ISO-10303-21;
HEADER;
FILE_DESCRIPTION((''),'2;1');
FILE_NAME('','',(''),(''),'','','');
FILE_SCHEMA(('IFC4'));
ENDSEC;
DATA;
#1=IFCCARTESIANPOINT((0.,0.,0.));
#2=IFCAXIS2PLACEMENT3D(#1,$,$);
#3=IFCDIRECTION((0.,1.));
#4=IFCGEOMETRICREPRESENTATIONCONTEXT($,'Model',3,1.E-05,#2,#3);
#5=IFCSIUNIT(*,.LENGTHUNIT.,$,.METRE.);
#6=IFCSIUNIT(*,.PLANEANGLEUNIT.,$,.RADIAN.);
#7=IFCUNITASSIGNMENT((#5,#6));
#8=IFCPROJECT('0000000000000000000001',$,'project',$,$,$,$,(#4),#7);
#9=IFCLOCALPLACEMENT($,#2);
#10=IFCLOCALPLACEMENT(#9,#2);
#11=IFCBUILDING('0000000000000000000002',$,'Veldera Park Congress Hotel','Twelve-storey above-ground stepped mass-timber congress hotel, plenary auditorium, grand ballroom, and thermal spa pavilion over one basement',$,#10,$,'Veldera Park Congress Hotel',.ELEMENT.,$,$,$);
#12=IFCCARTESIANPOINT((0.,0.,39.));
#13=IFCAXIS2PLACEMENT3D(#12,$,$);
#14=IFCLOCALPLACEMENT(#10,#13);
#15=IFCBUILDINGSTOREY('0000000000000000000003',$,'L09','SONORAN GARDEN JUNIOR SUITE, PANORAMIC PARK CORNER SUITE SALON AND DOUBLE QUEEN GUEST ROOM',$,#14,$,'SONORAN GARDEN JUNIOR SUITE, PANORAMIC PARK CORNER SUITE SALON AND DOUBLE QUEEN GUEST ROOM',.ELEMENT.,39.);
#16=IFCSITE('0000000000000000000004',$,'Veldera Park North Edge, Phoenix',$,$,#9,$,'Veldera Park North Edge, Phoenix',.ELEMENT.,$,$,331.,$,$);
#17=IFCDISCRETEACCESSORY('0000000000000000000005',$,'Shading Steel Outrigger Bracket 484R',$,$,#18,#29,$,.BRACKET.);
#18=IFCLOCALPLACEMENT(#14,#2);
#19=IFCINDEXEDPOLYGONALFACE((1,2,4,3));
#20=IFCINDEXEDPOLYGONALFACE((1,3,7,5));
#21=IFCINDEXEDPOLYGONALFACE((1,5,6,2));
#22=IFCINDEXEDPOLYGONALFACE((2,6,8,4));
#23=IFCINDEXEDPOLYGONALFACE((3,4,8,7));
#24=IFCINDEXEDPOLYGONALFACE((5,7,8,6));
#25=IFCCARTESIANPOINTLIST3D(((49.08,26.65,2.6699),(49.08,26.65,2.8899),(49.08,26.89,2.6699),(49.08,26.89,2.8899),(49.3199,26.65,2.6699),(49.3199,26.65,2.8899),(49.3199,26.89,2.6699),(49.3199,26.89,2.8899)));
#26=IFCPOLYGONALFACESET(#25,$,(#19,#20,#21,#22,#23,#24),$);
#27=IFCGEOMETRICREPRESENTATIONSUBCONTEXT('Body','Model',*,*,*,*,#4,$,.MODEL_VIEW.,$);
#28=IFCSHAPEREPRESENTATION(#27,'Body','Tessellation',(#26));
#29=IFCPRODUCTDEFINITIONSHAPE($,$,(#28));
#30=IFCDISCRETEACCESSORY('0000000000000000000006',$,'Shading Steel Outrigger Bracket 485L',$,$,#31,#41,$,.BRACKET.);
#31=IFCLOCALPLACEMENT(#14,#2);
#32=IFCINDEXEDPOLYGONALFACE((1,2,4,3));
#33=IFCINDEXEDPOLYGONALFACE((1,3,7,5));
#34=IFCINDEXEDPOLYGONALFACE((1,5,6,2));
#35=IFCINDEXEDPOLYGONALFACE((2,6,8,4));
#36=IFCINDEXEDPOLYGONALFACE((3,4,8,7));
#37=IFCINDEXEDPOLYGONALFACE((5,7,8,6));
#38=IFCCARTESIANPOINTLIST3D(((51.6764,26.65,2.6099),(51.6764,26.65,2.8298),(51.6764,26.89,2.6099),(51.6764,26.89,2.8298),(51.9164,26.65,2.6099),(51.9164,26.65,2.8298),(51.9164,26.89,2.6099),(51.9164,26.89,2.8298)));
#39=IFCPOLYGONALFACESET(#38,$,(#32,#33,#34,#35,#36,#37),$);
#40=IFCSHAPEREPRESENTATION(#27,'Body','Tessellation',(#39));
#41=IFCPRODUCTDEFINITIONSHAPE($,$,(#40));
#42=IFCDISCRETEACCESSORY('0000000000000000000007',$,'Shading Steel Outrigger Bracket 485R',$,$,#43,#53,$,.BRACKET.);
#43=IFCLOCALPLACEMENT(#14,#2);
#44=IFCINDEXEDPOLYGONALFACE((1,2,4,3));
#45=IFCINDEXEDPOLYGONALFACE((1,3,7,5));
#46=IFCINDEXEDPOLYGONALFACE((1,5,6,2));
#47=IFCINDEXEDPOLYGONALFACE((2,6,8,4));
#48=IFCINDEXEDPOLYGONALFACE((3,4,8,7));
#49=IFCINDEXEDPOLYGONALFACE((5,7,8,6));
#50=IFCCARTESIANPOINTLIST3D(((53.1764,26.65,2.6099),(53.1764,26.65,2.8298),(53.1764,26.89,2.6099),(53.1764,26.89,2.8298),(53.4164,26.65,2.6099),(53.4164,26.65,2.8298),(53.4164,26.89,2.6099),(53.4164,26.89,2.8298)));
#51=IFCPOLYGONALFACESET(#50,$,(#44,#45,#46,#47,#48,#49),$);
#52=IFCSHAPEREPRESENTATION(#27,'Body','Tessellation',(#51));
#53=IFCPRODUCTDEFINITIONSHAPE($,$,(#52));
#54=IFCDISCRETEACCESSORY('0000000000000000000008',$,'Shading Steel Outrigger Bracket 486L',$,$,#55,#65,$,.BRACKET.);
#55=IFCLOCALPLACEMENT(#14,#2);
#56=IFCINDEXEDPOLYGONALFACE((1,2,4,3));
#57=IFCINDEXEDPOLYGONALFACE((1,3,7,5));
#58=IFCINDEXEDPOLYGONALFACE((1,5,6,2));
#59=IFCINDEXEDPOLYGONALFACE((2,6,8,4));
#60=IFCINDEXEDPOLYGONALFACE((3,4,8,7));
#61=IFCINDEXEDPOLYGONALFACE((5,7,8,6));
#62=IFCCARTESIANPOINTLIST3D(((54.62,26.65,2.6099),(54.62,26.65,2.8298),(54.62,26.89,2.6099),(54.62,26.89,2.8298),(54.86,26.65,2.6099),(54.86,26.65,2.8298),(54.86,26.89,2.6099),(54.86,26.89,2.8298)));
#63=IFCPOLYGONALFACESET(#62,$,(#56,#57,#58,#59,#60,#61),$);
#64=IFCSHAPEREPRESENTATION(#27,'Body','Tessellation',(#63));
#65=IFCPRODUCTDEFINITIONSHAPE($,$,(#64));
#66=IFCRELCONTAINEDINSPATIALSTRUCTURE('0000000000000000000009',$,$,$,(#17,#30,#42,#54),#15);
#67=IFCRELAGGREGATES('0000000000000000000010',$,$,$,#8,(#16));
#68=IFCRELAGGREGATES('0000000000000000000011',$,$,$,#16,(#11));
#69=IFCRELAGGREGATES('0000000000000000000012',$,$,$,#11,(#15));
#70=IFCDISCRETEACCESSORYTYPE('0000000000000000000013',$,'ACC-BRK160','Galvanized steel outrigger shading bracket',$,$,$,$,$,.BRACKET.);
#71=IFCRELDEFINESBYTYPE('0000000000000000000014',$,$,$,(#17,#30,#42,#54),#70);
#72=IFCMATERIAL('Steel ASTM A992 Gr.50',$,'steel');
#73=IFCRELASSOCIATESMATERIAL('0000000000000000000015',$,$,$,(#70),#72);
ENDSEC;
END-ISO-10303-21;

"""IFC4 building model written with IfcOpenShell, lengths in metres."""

from ifc_helpers import new_model, si_unit, direction, frame, origin, origin_2d, place, context, subcontext, project, spatial, rectangle, extrude, material, type_object, element, save


model = new_model("IFC4")

# Units and contexts
model_context = context("Model", 3, precision=1e-05, world=origin(), true_north=direction((0.0, 1.0)))
body_context = subcontext(model_context, "Body", "Model", "MODEL_VIEW")
ifc_project = project(units=[si_unit("LENGTHUNIT", "METRE"), si_unit("PLANEANGLEUNIT", "RADIAN")], contexts=[model_context])

# Site, building, storey
site_placement = place(None, origin())
site = spatial("IfcSite", under=ifc_project, at=site_placement, Name="Veldera Park North Edge, Phoenix", LongName="Veldera Park North Edge, Phoenix", CompositionType="ELEMENT", RefElevation=331.0)
building_placement = place(site_placement, origin())
building = spatial("IfcBuilding", under=site, at=building_placement, Name="Veldera Park Congress Hotel", Description="Twelve-storey above-ground stepped mass-timber congress hotel, plenary auditorium, grand ballroom, and thermal spa pavilion over one basement", LongName="Veldera Park Congress Hotel", CompositionType="ELEMENT")
storey_placement = place(building_placement, frame((0.0, 0.0, 39.0)))
storey = spatial("IfcBuildingStorey", under=building, at=storey_placement, Name="L09", Description="SONORAN GARDEN JUNIOR SUITE, PANORAMIC PARK CORNER SUITE SALON AND DOUBLE QUEEN GUEST ROOM", LongName="SONORAN GARDEN JUNIOR SUITE, PANORAMIC PARK CORNER SUITE SALON AND DOUBLE QUEEN GUEST ROOM", CompositionType="ELEMENT", Elevation=39.0)

# Shared definitions
ifc_material_1 = material(Name="Steel ASTM A992 Gr.50", Category="steel")

# Discrete accessories
discrete_accessory_type = type_object("IfcDiscreteAccessoryType", Name="ACC-BRK160", Description="Galvanized steel outrigger shading bracket", PredefinedType="BRACKET", material=ifc_material_1)
for number, where, z_axis, x_axis, name in (
    (1, (49.2, 26.77, 2.6699), (0.0, 0.0, 1.0), (1.0, 0.0, 0.0), "Shading Steel Outrigger Bracket 484R"),
    (2, (51.7964, 26.77, 2.6099), (0.0, 0.0, 1.0), (1.0, 0.0, 0.0), "Shading Steel Outrigger Bracket 485L"),
    (3, (53.2964, 26.77, 2.6099), (0.0, 0.0, 1.0), (1.0, 0.0, 0.0), "Shading Steel Outrigger Bracket 485R"),
    (4, (54.74, 26.77, 2.6099), (0.0, 0.0, 1.0), (1.0, 0.0, 0.0), "Shading Steel Outrigger Bracket 486L"),
):
    element("IfcDiscreteAccessory", number, at=place(storey_placement, frame(where, z_axis=z_axis, x_axis=x_axis)), inside=storey, type_object=discrete_accessory_type, Name=name, PredefinedType="BRACKET", context=body_context, shape_type="SweptSolid", body=[
        extrude(rectangle(XDim=0.24, YDim=0.24, at=origin_2d()), origin(), (0.0, 0.0, 1.0), 0.22),
    ])

save(model, "model.ifc")
